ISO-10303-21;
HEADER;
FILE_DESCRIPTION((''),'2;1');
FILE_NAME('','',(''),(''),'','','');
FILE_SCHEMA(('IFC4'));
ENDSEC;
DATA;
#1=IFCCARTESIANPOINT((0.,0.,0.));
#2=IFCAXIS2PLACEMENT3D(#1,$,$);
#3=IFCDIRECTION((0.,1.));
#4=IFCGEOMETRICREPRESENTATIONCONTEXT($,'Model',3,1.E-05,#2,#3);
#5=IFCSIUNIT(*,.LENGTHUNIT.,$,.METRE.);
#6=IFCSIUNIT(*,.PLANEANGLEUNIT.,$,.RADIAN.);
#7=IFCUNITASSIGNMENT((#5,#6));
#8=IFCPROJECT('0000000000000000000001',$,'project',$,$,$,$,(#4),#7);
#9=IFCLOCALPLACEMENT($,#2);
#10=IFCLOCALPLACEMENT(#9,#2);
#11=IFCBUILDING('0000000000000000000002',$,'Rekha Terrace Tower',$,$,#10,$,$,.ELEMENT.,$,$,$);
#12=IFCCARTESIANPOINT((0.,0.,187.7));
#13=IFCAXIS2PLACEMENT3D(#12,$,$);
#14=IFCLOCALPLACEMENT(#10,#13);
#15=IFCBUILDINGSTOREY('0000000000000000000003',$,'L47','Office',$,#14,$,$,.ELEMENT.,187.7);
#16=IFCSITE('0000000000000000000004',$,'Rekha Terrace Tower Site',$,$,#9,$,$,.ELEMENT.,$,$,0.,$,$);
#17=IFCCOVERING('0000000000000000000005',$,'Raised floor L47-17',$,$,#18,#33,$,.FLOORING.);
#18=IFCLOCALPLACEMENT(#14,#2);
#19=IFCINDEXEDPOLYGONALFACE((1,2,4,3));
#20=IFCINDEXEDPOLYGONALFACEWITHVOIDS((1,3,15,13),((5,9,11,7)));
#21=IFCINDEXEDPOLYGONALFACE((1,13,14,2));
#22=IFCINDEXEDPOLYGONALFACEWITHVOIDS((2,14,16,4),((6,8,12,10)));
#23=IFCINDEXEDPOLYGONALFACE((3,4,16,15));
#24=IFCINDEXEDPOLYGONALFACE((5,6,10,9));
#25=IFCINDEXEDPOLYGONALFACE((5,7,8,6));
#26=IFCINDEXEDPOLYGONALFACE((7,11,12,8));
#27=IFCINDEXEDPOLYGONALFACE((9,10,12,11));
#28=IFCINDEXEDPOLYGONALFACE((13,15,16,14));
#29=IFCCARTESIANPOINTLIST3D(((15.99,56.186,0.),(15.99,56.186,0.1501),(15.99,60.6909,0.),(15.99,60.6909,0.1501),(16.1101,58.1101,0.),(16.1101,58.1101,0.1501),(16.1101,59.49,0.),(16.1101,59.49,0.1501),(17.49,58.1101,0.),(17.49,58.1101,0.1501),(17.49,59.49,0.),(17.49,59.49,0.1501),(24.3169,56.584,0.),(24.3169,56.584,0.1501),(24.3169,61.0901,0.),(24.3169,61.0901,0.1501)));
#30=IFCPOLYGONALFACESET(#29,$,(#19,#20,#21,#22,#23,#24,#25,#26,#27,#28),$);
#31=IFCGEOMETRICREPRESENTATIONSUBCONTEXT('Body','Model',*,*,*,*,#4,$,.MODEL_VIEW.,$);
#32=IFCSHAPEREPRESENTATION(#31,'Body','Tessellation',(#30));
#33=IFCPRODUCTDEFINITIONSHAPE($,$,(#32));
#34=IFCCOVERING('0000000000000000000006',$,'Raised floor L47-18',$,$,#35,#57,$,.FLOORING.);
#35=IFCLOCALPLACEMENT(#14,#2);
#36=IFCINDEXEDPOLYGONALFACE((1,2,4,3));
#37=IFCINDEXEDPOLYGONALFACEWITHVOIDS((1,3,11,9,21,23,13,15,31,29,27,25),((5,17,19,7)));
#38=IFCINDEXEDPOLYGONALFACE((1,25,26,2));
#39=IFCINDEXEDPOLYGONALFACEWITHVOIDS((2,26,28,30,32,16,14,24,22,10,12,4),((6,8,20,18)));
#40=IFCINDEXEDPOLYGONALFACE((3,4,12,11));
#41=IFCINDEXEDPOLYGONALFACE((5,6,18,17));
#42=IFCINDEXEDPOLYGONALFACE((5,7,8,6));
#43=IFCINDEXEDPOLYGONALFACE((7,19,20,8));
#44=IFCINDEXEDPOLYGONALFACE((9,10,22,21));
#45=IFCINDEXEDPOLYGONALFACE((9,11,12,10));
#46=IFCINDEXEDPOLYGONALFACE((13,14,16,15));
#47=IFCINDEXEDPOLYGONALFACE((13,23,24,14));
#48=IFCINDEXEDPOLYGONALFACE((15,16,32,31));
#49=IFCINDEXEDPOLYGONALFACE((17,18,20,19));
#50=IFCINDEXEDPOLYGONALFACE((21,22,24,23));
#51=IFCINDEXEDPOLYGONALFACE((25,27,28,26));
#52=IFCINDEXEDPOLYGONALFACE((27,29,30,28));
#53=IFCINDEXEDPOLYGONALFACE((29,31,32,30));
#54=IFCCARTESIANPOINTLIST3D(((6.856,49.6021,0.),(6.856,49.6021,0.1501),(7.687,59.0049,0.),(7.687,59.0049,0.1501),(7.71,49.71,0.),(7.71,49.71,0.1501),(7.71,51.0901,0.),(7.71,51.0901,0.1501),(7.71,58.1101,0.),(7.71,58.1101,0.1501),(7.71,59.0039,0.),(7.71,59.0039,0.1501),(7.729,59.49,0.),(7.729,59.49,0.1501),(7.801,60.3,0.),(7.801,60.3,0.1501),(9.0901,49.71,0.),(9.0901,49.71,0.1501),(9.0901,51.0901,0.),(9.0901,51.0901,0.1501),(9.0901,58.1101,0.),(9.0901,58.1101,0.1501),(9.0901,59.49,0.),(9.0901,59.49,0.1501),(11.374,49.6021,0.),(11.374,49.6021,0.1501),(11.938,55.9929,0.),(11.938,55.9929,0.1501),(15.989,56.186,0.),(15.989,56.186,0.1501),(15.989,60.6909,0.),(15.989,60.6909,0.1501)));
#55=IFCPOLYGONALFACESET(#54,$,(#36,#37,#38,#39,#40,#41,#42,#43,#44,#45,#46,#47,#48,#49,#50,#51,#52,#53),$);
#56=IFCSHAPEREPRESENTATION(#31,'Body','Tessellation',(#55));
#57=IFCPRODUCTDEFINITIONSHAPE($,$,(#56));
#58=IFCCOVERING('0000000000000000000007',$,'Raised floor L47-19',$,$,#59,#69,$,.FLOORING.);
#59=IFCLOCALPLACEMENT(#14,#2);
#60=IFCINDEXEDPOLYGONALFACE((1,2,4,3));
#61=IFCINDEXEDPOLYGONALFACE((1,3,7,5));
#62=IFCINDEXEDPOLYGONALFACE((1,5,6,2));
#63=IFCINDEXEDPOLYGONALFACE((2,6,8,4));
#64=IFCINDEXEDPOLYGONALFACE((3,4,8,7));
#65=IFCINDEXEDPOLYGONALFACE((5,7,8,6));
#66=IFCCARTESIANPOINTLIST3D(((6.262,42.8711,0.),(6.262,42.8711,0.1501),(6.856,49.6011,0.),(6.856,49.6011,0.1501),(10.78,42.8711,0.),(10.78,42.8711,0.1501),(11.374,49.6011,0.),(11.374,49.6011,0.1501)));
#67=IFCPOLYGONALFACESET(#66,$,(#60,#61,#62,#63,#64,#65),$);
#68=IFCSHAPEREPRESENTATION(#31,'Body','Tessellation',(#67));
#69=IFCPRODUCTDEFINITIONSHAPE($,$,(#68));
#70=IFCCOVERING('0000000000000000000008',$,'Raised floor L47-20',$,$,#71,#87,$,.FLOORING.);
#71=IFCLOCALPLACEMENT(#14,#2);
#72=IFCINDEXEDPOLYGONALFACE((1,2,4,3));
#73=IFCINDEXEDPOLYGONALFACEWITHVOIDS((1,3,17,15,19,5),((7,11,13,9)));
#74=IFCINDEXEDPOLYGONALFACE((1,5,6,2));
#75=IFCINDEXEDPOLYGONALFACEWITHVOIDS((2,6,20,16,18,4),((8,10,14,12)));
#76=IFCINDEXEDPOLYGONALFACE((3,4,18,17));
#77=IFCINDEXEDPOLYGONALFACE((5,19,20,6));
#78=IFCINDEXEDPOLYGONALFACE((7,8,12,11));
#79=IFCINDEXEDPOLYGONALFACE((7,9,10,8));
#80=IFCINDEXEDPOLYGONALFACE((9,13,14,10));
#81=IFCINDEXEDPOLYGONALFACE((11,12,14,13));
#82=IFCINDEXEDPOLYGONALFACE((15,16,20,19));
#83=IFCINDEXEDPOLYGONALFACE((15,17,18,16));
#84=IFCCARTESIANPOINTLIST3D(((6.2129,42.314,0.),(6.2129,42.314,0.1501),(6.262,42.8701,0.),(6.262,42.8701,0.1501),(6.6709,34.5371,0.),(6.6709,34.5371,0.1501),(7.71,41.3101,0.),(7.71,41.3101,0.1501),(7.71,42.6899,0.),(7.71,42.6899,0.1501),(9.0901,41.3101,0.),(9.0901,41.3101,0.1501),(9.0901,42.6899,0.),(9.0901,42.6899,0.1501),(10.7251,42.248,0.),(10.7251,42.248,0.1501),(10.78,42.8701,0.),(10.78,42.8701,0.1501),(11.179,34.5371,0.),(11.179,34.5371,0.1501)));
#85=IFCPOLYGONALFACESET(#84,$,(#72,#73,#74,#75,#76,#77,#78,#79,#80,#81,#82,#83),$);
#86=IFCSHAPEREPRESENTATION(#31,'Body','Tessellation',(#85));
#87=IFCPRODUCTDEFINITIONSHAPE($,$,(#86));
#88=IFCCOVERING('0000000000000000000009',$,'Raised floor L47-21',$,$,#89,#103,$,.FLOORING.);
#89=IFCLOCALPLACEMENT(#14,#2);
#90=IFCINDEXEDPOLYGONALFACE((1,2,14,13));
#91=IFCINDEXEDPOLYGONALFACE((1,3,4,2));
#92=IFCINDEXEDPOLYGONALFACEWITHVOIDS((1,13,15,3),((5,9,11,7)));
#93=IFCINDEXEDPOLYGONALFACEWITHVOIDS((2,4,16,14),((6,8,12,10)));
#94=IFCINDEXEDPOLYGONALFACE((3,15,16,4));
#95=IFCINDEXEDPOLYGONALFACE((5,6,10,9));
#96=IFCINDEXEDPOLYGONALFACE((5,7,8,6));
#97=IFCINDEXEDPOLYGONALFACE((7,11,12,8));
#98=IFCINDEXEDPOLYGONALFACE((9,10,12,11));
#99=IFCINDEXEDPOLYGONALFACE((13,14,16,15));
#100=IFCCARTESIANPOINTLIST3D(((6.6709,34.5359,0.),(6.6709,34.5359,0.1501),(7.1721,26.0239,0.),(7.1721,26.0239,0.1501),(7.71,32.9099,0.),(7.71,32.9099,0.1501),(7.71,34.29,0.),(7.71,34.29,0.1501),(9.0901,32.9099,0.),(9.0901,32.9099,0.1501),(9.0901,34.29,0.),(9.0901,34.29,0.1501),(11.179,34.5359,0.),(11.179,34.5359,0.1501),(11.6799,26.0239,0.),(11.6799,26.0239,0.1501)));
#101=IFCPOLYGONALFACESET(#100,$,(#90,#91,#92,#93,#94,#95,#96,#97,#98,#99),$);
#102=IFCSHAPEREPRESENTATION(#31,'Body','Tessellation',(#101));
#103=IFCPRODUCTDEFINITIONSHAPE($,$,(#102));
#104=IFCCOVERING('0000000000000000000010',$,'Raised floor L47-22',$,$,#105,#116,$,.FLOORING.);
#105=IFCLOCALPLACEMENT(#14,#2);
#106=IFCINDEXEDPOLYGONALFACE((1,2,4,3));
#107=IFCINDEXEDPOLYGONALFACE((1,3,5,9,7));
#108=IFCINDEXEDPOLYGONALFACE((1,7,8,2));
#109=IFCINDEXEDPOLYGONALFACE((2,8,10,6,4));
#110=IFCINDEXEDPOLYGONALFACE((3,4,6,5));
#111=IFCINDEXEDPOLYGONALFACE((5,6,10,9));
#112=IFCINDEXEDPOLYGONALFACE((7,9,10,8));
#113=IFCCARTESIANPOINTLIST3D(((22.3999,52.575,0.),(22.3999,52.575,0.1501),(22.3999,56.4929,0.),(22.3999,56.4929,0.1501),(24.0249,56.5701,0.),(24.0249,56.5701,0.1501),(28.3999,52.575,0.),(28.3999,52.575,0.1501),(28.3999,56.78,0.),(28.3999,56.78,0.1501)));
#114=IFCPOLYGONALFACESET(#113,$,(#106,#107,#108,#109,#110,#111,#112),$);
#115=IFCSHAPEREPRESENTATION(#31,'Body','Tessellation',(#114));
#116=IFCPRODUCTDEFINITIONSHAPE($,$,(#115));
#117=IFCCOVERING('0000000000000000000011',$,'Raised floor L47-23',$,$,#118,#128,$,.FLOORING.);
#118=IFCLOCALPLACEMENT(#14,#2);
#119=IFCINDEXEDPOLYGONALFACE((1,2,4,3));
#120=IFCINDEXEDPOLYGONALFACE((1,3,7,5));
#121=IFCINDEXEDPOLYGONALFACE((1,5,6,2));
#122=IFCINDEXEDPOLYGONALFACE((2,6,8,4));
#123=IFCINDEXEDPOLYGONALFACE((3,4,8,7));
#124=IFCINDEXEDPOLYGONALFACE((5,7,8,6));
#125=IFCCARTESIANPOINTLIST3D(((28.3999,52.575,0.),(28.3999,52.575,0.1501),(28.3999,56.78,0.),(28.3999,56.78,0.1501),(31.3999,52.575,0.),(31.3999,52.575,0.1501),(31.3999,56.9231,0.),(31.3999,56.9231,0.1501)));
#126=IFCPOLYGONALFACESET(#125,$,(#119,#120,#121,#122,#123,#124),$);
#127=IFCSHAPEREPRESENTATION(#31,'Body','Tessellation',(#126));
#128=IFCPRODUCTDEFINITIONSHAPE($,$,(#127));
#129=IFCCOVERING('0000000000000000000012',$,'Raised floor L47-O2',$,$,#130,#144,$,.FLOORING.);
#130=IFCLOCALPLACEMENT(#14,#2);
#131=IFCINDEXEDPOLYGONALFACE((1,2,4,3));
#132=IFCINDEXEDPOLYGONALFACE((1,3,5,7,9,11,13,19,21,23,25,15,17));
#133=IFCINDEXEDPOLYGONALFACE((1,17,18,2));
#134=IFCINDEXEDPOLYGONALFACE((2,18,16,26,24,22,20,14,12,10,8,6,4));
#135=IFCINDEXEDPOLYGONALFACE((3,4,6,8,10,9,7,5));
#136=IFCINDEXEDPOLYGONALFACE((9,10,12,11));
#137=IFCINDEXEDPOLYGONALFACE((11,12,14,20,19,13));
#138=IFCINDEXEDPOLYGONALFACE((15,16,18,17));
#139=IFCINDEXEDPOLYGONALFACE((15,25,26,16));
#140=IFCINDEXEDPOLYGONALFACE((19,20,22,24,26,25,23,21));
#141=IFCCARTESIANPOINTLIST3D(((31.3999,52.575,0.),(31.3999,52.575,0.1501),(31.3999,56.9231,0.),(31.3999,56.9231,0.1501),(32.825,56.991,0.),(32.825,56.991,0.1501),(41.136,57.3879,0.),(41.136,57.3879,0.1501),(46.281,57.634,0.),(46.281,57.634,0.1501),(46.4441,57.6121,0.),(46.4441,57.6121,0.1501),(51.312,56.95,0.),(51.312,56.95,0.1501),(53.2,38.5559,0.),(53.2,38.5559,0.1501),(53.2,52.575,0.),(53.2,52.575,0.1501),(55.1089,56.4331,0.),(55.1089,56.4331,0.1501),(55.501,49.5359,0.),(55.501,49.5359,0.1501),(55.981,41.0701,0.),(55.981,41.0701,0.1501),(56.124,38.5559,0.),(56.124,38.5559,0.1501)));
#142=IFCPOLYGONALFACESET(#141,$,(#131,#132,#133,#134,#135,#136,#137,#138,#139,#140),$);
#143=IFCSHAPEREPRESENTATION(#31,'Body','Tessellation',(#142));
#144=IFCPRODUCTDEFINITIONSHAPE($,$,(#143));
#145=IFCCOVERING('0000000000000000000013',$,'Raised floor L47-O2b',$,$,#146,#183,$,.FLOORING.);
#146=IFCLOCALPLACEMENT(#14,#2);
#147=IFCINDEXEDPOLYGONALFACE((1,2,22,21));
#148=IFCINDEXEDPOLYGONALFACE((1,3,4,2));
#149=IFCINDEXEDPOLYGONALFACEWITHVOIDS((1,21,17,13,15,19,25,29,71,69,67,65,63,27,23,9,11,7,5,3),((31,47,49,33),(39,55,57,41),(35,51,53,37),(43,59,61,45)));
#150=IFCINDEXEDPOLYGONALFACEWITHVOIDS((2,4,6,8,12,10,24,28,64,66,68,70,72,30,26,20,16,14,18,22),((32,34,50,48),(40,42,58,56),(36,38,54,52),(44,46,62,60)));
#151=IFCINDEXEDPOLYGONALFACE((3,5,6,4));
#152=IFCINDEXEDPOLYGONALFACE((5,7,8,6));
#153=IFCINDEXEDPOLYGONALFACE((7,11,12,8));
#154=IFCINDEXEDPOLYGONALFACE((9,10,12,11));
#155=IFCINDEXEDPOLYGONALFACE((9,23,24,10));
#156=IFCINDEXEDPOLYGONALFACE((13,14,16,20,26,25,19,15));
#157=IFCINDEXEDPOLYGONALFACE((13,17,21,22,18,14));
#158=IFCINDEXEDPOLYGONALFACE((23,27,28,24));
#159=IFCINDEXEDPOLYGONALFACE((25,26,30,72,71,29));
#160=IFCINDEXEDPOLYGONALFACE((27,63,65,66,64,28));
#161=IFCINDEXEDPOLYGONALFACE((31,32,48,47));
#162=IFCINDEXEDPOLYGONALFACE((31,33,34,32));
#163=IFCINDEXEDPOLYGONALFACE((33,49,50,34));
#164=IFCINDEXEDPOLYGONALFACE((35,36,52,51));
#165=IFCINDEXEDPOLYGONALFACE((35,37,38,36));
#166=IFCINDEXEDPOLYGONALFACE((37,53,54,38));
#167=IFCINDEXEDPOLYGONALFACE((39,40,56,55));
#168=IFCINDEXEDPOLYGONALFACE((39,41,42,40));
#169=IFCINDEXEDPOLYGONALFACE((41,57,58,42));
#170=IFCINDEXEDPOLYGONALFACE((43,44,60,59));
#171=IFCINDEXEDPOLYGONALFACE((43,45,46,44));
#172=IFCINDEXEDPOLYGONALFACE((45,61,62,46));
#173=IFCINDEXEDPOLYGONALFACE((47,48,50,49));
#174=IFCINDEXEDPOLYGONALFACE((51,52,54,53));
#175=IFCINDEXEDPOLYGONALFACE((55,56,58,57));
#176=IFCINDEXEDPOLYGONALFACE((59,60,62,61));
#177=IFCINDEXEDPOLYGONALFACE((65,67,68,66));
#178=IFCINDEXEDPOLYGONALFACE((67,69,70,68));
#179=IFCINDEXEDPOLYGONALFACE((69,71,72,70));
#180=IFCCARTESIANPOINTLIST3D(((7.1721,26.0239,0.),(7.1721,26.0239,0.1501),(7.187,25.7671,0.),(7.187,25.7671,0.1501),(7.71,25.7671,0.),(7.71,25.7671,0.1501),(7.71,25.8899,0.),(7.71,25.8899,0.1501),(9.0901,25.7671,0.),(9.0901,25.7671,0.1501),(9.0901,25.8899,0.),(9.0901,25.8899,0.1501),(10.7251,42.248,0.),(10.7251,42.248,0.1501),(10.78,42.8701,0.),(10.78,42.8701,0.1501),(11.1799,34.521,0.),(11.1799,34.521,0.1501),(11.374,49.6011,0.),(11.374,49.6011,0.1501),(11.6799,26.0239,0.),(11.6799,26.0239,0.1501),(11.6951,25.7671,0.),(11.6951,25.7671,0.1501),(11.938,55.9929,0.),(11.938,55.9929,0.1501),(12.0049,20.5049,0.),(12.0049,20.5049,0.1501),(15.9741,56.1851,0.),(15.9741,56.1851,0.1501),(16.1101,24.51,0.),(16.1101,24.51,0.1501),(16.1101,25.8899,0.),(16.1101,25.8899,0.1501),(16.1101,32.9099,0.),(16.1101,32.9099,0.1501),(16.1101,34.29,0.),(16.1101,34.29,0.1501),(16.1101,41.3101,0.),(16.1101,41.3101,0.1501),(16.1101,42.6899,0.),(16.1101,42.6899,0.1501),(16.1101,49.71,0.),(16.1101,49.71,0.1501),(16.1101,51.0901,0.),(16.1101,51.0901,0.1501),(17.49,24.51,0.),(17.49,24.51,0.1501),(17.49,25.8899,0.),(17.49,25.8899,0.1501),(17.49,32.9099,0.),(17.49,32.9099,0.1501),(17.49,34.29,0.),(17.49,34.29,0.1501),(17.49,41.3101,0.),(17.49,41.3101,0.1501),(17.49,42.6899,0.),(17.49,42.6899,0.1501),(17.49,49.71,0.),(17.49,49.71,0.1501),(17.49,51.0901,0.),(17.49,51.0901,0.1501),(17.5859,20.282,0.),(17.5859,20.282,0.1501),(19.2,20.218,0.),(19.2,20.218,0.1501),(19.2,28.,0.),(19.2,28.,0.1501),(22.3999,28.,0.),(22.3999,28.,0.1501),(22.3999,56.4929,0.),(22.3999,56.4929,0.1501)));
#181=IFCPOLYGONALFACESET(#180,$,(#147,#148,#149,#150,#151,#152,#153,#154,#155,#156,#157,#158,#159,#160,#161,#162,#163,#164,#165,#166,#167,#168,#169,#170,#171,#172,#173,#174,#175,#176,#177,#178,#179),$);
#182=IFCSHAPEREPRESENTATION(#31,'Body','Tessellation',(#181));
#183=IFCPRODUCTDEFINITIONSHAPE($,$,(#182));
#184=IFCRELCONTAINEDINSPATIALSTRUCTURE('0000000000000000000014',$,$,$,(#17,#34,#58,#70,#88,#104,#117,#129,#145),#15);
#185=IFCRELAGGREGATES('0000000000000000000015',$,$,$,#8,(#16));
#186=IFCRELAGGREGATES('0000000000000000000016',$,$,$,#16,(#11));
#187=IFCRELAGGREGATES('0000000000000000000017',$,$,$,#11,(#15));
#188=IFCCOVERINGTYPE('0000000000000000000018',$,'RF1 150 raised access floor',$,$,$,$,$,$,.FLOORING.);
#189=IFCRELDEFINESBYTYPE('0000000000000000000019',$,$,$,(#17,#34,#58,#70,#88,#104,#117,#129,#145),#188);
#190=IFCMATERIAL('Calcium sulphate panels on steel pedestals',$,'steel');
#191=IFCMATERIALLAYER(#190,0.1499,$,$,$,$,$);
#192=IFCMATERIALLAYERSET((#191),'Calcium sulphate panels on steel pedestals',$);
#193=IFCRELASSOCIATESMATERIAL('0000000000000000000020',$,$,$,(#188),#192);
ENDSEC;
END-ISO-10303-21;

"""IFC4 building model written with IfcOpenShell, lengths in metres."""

from ifc_helpers import new_model, si_unit, direction, frame, origin, place, context, subcontext, project, spatial, polyline, outline, extrude, material, layer, layer_set, type_object, element, save


model = new_model("IFC4")

# Units and contexts
model_context = context("Model", 3, precision=1e-05, world=origin(), true_north=direction((0.0, 1.0)))
body_context = subcontext(model_context, "Body", "Model", "MODEL_VIEW")
ifc_project = project(units=[si_unit("LENGTHUNIT", "METRE"), si_unit("PLANEANGLEUNIT", "RADIAN")], contexts=[model_context])

# Site, building, storey
site_placement = place(None, origin())
site = spatial("IfcSite", under=ifc_project, at=site_placement, Name="Rekha Terrace Tower Site", CompositionType="ELEMENT", RefElevation=0.0)
building_placement = place(site_placement, origin())
building = spatial("IfcBuilding", under=site, at=building_placement, Name="Rekha Terrace Tower", CompositionType="ELEMENT")
storey_placement = place(building_placement, frame((0.0, 0.0, 187.7)))
storey = spatial("IfcBuildingStorey", under=building, at=storey_placement, Name="L47", Description="Office", CompositionType="ELEMENT", Elevation=187.7)

# Coverings
ifc_material_1 = material(Name="Calcium sulphate panels on steel pedestals", Category="steel")
ifc_layer_1 = layer(ifc_material_1, 0.1499)
ifc_layer_set_1 = layer_set([ifc_layer_1], Name="Calcium sulphate panels on steel pedestals")
covering_type_1 = type_object("IfcCoveringType", Name="RF1 150 raised access floor", PredefinedType="FLOORING", material=ifc_layer_set_1)
covering_1_placement = place(storey_placement, origin())
element("IfcCovering", 1, at=covering_1_placement, inside=storey, type_object=covering_type_1, Name="Raised floor L47-17", PredefinedType="FLOORING", context=body_context, shape_type="SweptSolid", body=[
    extrude(outline(polyline([(24.3169, 56.584), (24.3169, 61.0901), (15.99, 60.6909), (15.99, 56.186), (24.3169, 56.584)]), holes=[polyline([(17.49, 59.49), (17.49, 58.1101), (16.1101, 58.1101), (16.1101, 59.49), (17.49, 59.49)])]), origin(), (0.0, 0.0, 1.0), 0.1501),
])
covering_2_placement = place(storey_placement, origin())
element("IfcCovering", 2, at=covering_2_placement, inside=storey, type_object=covering_type_1, Name="Raised floor L47-18", PredefinedType="FLOORING", context=body_context, shape_type="SweptSolid", body=[
    extrude(outline(polyline([(7.687, 59.0049), (6.856, 49.6021), (11.374, 49.6021), (11.938, 55.9929), (15.989, 56.186), (15.989, 60.6909), (7.801, 60.3), (7.729, 59.49), (9.0901, 59.49), (9.0901, 58.1101), (7.71, 58.1101), (7.71, 59.0039), (7.687, 59.0049)]), holes=[polyline([(9.0901, 49.71), (7.71, 49.71), (7.71, 51.0901), (9.0901, 51.0901), (9.0901, 49.71)])]), origin(), (0.0, 0.0, 1.0), 0.1501),
])
covering_3_placement = place(storey_placement, origin())
element("IfcCovering", 3, at=covering_3_placement, inside=storey, type_object=covering_type_1, Name="Raised floor L47-19", PredefinedType="FLOORING", context=body_context, shape_type="SweptSolid", body=[
    extrude(outline(polyline([(11.374, 49.6011), (6.856, 49.6011), (6.262, 42.8711), (10.78, 42.8711), (11.374, 49.6011)])), origin(), (0.0, 0.0, 1.0), 0.1501),
])
covering_4_placement = place(storey_placement, origin())
element("IfcCovering", 4, at=covering_4_placement, inside=storey, type_object=covering_type_1, Name="Raised floor L47-20", PredefinedType="FLOORING", context=body_context, shape_type="SweptSolid", body=[
    extrude(outline(polyline([(6.2129, 42.314), (6.6709, 34.5371), (11.179, 34.5371), (10.7251, 42.248), (10.78, 42.8701), (6.262, 42.8701), (6.2129, 42.314)]), holes=[polyline([(9.0901, 41.3101), (7.71, 41.3101), (7.71, 42.6899), (9.0901, 42.6899), (9.0901, 41.3101)])]), origin(), (0.0, 0.0, 1.0), 0.1501),
])
covering_5_placement = place(storey_placement, origin())
element("IfcCovering", 5, at=covering_5_placement, inside=storey, type_object=covering_type_1, Name="Raised floor L47-21", PredefinedType="FLOORING", context=body_context, shape_type="SweptSolid", body=[
    extrude(outline(polyline([(11.179, 34.5359), (6.6709, 34.5359), (7.1721, 26.0239), (11.6799, 26.0239), (11.179, 34.5359)]), holes=[polyline([(9.0901, 34.29), (9.0901, 32.9099), (7.71, 32.9099), (7.71, 34.29), (9.0901, 34.29)])]), origin(), (0.0, 0.0, 1.0), 0.1501),
])
covering_6_placement = place(storey_placement, origin())
element("IfcCovering", 6, at=covering_6_placement, inside=storey, type_object=covering_type_1, Name="Raised floor L47-22", PredefinedType="FLOORING", context=body_context, shape_type="SweptSolid", body=[
    extrude(outline(polyline([(22.3999, 52.575), (28.3999, 52.575), (28.3999, 56.78), (24.0249, 56.5701), (22.3999, 56.4929), (22.3999, 52.575)])), origin(), (0.0, 0.0, 1.0), 0.1501),
])
covering_7_placement = place(storey_placement, origin())
element("IfcCovering", 7, at=covering_7_placement, inside=storey, type_object=covering_type_1, Name="Raised floor L47-23", PredefinedType="FLOORING", context=body_context, shape_type="SweptSolid", body=[
    extrude(outline(polyline([(31.3999, 52.575), (31.3999, 56.9231), (28.3999, 56.78), (28.3999, 52.575), (31.3999, 52.575)])), origin(), (0.0, 0.0, 1.0), 0.1501),
])
covering_8_placement = place(storey_placement, origin())
element("IfcCovering", 8, at=covering_8_placement, inside=storey, type_object=covering_type_1, Name="Raised floor L47-O2", PredefinedType="FLOORING", context=body_context, shape_type="SweptSolid", body=[
    extrude(outline(polyline([(41.136, 57.3879), (32.825, 56.991), (31.3999, 56.9231), (31.3999, 52.575), (53.2, 52.575), (53.2, 38.5559), (56.124, 38.5559), (55.981, 41.0701), (55.501, 49.5359), (55.1089, 56.4331), (51.312, 56.95), (46.4441, 57.6121), (46.281, 57.634), (41.136, 57.3879)])), origin(), (0.0, 0.0, 1.0), 0.1501),
])
covering_9_placement = place(storey_placement, origin())
element("IfcCovering", 9, at=covering_9_placement, inside=storey, type_object=covering_type_1, Name="Raised floor L47-O2b", PredefinedType="FLOORING", context=body_context, shape_type="SweptSolid", body=[
    extrude(outline(polyline([(11.374, 49.6011), (10.78, 42.8701), (10.7251, 42.248), (11.1799, 34.521), (11.6799, 26.0239), (7.1721, 26.0239), (7.187, 25.7671), (7.71, 25.7671), (7.71, 25.8899), (9.0901, 25.8899), (9.0901, 25.7671), (11.6951, 25.7671), (12.0049, 20.5049), (17.5859, 20.282), (19.2, 20.218), (19.2, 28.0), (22.3999, 28.0), (22.3999, 56.4929), (15.9741, 56.1851), (11.938, 55.9929), (11.374, 49.6011)]), holes=[polyline([(17.49, 24.51), (16.1101, 24.51), (16.1101, 25.8899), (17.49, 25.8899), (17.49, 24.51)]), polyline([(17.49, 32.9099), (16.1101, 32.9099), (16.1101, 34.29), (17.49, 34.29), (17.49, 32.9099)]), polyline([(17.49, 42.6899), (17.49, 41.3101), (16.1101, 41.3101), (16.1101, 42.6899), (17.49, 42.6899)]), polyline([(17.49, 51.0901), (17.49, 49.71), (16.1101, 49.71), (16.1101, 51.0901), (17.49, 51.0901)])]), origin(), (0.0, 0.0, 1.0), 0.1501),
])

save(model, "model.ifc")
